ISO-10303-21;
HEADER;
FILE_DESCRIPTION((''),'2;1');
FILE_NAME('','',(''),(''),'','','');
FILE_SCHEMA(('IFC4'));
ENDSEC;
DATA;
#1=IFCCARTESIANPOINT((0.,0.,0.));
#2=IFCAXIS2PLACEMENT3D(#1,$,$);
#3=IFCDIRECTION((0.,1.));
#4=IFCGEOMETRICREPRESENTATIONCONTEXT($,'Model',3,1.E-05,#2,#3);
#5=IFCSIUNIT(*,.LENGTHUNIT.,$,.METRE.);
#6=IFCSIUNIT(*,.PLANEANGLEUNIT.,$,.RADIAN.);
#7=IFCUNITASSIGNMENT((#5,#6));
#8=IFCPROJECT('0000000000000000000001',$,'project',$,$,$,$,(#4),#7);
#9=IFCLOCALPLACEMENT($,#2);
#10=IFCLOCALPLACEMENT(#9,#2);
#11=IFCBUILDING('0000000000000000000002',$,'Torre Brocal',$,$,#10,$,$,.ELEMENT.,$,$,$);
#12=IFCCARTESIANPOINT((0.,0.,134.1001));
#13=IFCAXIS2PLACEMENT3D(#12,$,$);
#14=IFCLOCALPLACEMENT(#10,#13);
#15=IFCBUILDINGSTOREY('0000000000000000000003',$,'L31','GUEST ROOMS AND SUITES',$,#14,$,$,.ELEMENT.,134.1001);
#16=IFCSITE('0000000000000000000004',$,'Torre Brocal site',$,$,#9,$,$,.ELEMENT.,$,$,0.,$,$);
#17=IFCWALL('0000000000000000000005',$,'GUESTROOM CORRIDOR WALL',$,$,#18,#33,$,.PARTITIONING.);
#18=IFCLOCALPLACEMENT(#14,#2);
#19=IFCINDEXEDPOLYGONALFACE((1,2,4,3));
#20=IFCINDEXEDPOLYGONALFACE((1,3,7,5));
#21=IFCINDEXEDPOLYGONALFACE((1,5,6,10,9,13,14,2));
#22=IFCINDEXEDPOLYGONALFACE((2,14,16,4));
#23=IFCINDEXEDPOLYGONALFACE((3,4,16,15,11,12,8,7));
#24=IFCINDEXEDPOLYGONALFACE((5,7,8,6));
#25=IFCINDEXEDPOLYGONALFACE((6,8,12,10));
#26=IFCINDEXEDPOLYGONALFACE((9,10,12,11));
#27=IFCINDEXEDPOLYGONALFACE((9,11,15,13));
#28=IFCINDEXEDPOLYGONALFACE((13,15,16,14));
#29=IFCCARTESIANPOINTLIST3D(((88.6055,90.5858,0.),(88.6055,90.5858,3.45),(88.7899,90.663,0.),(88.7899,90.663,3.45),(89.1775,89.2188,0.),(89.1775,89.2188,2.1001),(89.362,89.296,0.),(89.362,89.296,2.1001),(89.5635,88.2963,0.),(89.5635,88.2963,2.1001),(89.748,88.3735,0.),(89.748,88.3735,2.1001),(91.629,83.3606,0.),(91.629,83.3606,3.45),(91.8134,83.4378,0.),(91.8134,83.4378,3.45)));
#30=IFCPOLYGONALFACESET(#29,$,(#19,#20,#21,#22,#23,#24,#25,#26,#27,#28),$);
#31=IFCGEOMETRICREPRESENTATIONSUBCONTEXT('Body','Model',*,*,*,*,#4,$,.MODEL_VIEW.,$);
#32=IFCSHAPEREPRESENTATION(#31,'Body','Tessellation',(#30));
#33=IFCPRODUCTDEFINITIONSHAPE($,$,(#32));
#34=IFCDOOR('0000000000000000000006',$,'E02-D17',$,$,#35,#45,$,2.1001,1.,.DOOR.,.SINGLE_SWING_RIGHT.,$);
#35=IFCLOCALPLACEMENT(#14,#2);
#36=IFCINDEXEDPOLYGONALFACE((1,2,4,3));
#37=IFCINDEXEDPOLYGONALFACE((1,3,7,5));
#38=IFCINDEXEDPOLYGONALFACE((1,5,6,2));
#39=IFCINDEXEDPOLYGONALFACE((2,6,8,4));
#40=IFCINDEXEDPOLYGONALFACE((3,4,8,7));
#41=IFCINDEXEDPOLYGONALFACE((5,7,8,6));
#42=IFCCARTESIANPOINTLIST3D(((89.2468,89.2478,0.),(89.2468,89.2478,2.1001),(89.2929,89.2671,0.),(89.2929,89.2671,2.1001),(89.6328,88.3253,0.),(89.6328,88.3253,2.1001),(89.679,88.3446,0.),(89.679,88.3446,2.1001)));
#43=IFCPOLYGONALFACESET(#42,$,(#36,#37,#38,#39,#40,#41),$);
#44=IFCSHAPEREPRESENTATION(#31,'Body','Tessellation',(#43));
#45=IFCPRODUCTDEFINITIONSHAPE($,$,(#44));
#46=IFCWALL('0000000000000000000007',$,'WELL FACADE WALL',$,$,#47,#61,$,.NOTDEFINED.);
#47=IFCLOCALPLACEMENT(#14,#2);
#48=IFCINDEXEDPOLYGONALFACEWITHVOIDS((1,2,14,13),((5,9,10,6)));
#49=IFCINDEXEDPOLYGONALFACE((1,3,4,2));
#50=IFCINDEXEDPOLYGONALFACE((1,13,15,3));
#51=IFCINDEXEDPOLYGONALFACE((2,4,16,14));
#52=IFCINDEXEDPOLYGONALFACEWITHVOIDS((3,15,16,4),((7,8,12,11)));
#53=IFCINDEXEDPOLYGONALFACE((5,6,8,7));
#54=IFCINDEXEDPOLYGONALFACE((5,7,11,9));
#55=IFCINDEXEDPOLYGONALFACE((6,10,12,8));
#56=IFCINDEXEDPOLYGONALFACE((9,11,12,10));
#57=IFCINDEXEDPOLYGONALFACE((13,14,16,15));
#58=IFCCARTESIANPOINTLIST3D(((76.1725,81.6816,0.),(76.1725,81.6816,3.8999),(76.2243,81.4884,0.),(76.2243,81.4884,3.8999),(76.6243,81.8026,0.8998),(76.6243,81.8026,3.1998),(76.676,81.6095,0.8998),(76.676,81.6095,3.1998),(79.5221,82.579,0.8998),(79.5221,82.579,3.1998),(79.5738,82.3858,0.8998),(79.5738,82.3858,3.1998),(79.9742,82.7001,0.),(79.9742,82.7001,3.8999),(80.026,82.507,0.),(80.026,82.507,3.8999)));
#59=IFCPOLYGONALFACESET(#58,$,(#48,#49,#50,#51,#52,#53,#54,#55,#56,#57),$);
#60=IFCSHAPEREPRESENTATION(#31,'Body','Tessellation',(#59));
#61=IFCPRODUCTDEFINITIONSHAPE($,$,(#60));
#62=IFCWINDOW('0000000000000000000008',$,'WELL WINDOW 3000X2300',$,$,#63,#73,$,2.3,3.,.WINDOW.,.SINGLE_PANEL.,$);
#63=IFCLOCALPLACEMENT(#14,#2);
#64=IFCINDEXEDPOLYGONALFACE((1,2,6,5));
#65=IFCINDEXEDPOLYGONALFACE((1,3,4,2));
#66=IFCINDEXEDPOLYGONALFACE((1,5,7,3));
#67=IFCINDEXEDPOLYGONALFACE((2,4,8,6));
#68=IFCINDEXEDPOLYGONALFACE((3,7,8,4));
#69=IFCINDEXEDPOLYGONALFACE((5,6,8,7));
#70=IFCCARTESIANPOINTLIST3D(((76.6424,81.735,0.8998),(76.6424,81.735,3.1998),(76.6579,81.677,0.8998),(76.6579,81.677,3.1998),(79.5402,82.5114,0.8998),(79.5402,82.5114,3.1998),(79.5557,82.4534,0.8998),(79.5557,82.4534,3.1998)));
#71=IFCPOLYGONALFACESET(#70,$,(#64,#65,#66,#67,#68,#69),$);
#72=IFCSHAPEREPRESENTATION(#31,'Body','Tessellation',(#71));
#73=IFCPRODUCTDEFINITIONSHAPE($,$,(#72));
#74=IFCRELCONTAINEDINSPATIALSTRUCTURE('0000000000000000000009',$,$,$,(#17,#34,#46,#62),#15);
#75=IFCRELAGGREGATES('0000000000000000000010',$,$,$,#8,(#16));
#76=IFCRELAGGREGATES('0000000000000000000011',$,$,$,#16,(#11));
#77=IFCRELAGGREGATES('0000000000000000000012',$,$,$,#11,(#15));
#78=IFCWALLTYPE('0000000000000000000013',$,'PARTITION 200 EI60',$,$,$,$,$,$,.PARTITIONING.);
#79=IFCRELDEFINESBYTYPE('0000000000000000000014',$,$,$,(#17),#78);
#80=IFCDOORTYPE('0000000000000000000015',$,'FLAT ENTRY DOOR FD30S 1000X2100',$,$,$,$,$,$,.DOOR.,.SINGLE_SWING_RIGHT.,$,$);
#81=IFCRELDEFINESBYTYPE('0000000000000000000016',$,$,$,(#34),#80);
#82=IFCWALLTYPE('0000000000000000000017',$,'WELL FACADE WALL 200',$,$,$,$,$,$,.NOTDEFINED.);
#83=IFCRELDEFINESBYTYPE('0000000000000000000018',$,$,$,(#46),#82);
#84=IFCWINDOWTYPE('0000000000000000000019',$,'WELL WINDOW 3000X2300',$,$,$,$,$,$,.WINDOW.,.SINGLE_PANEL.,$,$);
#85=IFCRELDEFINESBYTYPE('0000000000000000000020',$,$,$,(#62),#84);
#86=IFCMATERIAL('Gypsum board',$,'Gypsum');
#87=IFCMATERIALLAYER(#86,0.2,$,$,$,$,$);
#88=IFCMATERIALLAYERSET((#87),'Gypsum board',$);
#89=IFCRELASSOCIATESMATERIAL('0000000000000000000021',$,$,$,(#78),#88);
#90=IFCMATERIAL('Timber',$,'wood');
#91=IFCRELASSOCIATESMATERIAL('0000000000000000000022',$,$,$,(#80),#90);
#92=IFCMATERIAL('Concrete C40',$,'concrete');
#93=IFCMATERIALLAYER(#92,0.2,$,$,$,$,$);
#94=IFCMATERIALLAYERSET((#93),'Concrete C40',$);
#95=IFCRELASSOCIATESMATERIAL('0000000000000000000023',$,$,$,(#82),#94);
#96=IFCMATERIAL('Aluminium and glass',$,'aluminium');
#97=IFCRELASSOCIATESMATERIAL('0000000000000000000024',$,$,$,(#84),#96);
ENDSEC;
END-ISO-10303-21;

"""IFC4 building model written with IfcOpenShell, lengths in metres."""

from ifc_helpers import new_model, si_unit, direction, frame, frame_2d, origin, place, context, subcontext, project, spatial, rectangle, extrude, material, layer, layer_set, type_object, element, fill, save


model = new_model("IFC4")

# Units and contexts
model_context = context("Model", 3, precision=1e-05, world=origin(), true_north=direction((0.0, 1.0)))
body_context = subcontext(model_context, "Body", "Model", "MODEL_VIEW")
ifc_project = project(units=[si_unit("LENGTHUNIT", "METRE"), si_unit("PLANEANGLEUNIT", "RADIAN")], contexts=[model_context])

# Site, building, storey
site_placement = place(None, origin())
site = spatial("IfcSite", under=ifc_project, at=site_placement, Name="Torre Brocal site", CompositionType="ELEMENT", RefElevation=0.0)
building_placement = place(site_placement, origin())
building = spatial("IfcBuilding", under=site, at=building_placement, Name="Torre Brocal", CompositionType="ELEMENT")
storey_placement = place(building_placement, frame((0.0, 0.0, 134.1001)))
storey = spatial("IfcBuildingStorey", under=building, at=storey_placement, Name="L31", Description="GUEST ROOMS AND SUITES", CompositionType="ELEMENT", Elevation=134.1001)

# Shared definitions
ifc_material_1 = material(Name="Gypsum board", Category="Gypsum")
ifc_layer_1 = layer(ifc_material_1, 0.2)
ifc_layer_set_1 = layer_set([ifc_layer_1], Name="Gypsum board")
wall_type_1 = type_object("IfcWallType", Name="PARTITION 200 EI60", PredefinedType="PARTITIONING", material=ifc_layer_set_1)

# Wall, opening, door
wall_1_placement = place(storey_placement, frame((88.6978, 90.6243, 0.0), z_axis=(0.0, 0.0, 1.0), x_axis=(0.386027, -0.922487, 0.0)))
wall_1 = element("IfcWall", 1, at=wall_1_placement, inside=storey, type_object=wall_type_1, Name="GUESTROOM CORRIDOR WALL", PredefinedType="PARTITIONING", context=body_context, shape_type="SweptSolid", body=[
    extrude(rectangle(XDim=7.8323, YDim=0.2, at=frame_2d((3.916, 0.0))), origin(), (0.0, 0.0, 1.0), 3.45),
])
opening_1_placement = place(wall_1_placement, frame((1.4817, 0.0, 0.0)))
opening_1 = element("IfcOpeningElement", 2, at=opening_1_placement, cuts=wall_1, PredefinedType="OPENING", context=body_context, shape_type="SweptSolid", body=[
    extrude(rectangle(XDim=1.0, YDim=2.1001, at=frame_2d((0.5, 1.05))), frame((0.0, 0.1099, 0.0), z_axis=(0.0, -1.0, 0.0), x_axis=(1.0, 0.0, 0.0)), (0.0, 0.0, 1.0), 0.22),
])
ifc_material_2 = material(Name="Timber", Category="wood")
door_type_1 = type_object("IfcDoorType", Name="FLAT ENTRY DOOR FD30S 1000X2100", OperationType="SINGLE_SWING_RIGHT", PredefinedType="DOOR", material=ifc_material_2)
door_1_placement = place(opening_1_placement, frame((1.0, 0.0, 0.0), z_axis=(0.0, 0.0, 1.0), x_axis=(-1.0, 0.0, 0.0)))
door_1 = element("IfcDoor", 3, at=door_1_placement, inside=storey, type_object=door_type_1, Name="E02-D17", OperationType="SINGLE_SWING_RIGHT", OverallHeight=2.1001, OverallWidth=1.0, PredefinedType="DOOR", context=body_context, shape_type="SweptSolid", body=[
    extrude(rectangle(XDim=1.0, YDim=2.1001, at=frame_2d((0.5, 1.05))), frame((0.0, 0.0249, 0.0), z_axis=(0.0, -1.0, 0.0), x_axis=(1.0, 0.0, 0.0)), (0.0, 0.0, 1.0), 0.05),
])
fill(opening_1, door_1)

# Wall, opening, window
ifc_material_3 = material(Name="Concrete C40", Category="concrete")
ifc_layer_2 = layer(ifc_material_3, 0.2)
ifc_layer_set_2 = layer_set([ifc_layer_2], Name="Concrete C40")
wall_type_2 = type_object("IfcWallType", Name="WELL FACADE WALL 200", PredefinedType="NOTDEFINED", material=ifc_layer_set_2)
wall_2_placement = place(storey_placement, frame((80.0, 82.6035, 0.0), z_axis=(0.0, 0.0, 1.0), x_axis=(-0.965934, -0.25879, 0.0)))
wall_2 = element("IfcWall", 4, at=wall_2_placement, inside=storey, type_object=wall_type_2, Name="WELL FACADE WALL", PredefinedType="NOTDEFINED", context=body_context, shape_type="SweptSolid", body=[
    extrude(rectangle(XDim=3.9358, YDim=0.2, at=frame_2d((1.9678, 0.0))), origin(), (0.0, 0.0, 1.0), 3.8999),
])
opening_2_placement = place(wall_2_placement, frame((0.468, 0.0, 0.8999)))
opening_2 = element("IfcOpeningElement", 5, at=opening_2_placement, cuts=wall_2, PredefinedType="OPENING", context=body_context, shape_type="SweptSolid", body=[
    extrude(rectangle(XDim=3.0, YDim=2.3, at=frame_2d((1.5, 1.1499))), frame((0.0, 0.1099, 0.0), z_axis=(0.0, -1.0, 0.0), x_axis=(1.0, 0.0, 0.0)), (0.0, 0.0, 1.0), 0.22),
])
ifc_material_4 = material(Name="Aluminium and glass", Category="aluminium")
window_type = type_object("IfcWindowType", Name="WELL WINDOW 3000X2300", PartitioningType="SINGLE_PANEL", PredefinedType="WINDOW", material=ifc_material_4)
window_placement = place(opening_2_placement, origin())
window = element("IfcWindow", 6, at=window_placement, inside=storey, type_object=window_type, Name="WELL WINDOW 3000X2300", OverallHeight=2.3, OverallWidth=3.0, PartitioningType="SINGLE_PANEL", PredefinedType="WINDOW", context=body_context, shape_type="SweptSolid", body=[
    extrude(rectangle(XDim=3.0, YDim=2.3, at=frame_2d((1.5, 1.1499))), frame((0.0, 0.03, 0.0), z_axis=(0.0, -1.0, 0.0), x_axis=(1.0, 0.0, 0.0)), (0.0, 0.0, 1.0), 0.0601),
])
fill(opening_2, window)

save(model, "model.ifc")
